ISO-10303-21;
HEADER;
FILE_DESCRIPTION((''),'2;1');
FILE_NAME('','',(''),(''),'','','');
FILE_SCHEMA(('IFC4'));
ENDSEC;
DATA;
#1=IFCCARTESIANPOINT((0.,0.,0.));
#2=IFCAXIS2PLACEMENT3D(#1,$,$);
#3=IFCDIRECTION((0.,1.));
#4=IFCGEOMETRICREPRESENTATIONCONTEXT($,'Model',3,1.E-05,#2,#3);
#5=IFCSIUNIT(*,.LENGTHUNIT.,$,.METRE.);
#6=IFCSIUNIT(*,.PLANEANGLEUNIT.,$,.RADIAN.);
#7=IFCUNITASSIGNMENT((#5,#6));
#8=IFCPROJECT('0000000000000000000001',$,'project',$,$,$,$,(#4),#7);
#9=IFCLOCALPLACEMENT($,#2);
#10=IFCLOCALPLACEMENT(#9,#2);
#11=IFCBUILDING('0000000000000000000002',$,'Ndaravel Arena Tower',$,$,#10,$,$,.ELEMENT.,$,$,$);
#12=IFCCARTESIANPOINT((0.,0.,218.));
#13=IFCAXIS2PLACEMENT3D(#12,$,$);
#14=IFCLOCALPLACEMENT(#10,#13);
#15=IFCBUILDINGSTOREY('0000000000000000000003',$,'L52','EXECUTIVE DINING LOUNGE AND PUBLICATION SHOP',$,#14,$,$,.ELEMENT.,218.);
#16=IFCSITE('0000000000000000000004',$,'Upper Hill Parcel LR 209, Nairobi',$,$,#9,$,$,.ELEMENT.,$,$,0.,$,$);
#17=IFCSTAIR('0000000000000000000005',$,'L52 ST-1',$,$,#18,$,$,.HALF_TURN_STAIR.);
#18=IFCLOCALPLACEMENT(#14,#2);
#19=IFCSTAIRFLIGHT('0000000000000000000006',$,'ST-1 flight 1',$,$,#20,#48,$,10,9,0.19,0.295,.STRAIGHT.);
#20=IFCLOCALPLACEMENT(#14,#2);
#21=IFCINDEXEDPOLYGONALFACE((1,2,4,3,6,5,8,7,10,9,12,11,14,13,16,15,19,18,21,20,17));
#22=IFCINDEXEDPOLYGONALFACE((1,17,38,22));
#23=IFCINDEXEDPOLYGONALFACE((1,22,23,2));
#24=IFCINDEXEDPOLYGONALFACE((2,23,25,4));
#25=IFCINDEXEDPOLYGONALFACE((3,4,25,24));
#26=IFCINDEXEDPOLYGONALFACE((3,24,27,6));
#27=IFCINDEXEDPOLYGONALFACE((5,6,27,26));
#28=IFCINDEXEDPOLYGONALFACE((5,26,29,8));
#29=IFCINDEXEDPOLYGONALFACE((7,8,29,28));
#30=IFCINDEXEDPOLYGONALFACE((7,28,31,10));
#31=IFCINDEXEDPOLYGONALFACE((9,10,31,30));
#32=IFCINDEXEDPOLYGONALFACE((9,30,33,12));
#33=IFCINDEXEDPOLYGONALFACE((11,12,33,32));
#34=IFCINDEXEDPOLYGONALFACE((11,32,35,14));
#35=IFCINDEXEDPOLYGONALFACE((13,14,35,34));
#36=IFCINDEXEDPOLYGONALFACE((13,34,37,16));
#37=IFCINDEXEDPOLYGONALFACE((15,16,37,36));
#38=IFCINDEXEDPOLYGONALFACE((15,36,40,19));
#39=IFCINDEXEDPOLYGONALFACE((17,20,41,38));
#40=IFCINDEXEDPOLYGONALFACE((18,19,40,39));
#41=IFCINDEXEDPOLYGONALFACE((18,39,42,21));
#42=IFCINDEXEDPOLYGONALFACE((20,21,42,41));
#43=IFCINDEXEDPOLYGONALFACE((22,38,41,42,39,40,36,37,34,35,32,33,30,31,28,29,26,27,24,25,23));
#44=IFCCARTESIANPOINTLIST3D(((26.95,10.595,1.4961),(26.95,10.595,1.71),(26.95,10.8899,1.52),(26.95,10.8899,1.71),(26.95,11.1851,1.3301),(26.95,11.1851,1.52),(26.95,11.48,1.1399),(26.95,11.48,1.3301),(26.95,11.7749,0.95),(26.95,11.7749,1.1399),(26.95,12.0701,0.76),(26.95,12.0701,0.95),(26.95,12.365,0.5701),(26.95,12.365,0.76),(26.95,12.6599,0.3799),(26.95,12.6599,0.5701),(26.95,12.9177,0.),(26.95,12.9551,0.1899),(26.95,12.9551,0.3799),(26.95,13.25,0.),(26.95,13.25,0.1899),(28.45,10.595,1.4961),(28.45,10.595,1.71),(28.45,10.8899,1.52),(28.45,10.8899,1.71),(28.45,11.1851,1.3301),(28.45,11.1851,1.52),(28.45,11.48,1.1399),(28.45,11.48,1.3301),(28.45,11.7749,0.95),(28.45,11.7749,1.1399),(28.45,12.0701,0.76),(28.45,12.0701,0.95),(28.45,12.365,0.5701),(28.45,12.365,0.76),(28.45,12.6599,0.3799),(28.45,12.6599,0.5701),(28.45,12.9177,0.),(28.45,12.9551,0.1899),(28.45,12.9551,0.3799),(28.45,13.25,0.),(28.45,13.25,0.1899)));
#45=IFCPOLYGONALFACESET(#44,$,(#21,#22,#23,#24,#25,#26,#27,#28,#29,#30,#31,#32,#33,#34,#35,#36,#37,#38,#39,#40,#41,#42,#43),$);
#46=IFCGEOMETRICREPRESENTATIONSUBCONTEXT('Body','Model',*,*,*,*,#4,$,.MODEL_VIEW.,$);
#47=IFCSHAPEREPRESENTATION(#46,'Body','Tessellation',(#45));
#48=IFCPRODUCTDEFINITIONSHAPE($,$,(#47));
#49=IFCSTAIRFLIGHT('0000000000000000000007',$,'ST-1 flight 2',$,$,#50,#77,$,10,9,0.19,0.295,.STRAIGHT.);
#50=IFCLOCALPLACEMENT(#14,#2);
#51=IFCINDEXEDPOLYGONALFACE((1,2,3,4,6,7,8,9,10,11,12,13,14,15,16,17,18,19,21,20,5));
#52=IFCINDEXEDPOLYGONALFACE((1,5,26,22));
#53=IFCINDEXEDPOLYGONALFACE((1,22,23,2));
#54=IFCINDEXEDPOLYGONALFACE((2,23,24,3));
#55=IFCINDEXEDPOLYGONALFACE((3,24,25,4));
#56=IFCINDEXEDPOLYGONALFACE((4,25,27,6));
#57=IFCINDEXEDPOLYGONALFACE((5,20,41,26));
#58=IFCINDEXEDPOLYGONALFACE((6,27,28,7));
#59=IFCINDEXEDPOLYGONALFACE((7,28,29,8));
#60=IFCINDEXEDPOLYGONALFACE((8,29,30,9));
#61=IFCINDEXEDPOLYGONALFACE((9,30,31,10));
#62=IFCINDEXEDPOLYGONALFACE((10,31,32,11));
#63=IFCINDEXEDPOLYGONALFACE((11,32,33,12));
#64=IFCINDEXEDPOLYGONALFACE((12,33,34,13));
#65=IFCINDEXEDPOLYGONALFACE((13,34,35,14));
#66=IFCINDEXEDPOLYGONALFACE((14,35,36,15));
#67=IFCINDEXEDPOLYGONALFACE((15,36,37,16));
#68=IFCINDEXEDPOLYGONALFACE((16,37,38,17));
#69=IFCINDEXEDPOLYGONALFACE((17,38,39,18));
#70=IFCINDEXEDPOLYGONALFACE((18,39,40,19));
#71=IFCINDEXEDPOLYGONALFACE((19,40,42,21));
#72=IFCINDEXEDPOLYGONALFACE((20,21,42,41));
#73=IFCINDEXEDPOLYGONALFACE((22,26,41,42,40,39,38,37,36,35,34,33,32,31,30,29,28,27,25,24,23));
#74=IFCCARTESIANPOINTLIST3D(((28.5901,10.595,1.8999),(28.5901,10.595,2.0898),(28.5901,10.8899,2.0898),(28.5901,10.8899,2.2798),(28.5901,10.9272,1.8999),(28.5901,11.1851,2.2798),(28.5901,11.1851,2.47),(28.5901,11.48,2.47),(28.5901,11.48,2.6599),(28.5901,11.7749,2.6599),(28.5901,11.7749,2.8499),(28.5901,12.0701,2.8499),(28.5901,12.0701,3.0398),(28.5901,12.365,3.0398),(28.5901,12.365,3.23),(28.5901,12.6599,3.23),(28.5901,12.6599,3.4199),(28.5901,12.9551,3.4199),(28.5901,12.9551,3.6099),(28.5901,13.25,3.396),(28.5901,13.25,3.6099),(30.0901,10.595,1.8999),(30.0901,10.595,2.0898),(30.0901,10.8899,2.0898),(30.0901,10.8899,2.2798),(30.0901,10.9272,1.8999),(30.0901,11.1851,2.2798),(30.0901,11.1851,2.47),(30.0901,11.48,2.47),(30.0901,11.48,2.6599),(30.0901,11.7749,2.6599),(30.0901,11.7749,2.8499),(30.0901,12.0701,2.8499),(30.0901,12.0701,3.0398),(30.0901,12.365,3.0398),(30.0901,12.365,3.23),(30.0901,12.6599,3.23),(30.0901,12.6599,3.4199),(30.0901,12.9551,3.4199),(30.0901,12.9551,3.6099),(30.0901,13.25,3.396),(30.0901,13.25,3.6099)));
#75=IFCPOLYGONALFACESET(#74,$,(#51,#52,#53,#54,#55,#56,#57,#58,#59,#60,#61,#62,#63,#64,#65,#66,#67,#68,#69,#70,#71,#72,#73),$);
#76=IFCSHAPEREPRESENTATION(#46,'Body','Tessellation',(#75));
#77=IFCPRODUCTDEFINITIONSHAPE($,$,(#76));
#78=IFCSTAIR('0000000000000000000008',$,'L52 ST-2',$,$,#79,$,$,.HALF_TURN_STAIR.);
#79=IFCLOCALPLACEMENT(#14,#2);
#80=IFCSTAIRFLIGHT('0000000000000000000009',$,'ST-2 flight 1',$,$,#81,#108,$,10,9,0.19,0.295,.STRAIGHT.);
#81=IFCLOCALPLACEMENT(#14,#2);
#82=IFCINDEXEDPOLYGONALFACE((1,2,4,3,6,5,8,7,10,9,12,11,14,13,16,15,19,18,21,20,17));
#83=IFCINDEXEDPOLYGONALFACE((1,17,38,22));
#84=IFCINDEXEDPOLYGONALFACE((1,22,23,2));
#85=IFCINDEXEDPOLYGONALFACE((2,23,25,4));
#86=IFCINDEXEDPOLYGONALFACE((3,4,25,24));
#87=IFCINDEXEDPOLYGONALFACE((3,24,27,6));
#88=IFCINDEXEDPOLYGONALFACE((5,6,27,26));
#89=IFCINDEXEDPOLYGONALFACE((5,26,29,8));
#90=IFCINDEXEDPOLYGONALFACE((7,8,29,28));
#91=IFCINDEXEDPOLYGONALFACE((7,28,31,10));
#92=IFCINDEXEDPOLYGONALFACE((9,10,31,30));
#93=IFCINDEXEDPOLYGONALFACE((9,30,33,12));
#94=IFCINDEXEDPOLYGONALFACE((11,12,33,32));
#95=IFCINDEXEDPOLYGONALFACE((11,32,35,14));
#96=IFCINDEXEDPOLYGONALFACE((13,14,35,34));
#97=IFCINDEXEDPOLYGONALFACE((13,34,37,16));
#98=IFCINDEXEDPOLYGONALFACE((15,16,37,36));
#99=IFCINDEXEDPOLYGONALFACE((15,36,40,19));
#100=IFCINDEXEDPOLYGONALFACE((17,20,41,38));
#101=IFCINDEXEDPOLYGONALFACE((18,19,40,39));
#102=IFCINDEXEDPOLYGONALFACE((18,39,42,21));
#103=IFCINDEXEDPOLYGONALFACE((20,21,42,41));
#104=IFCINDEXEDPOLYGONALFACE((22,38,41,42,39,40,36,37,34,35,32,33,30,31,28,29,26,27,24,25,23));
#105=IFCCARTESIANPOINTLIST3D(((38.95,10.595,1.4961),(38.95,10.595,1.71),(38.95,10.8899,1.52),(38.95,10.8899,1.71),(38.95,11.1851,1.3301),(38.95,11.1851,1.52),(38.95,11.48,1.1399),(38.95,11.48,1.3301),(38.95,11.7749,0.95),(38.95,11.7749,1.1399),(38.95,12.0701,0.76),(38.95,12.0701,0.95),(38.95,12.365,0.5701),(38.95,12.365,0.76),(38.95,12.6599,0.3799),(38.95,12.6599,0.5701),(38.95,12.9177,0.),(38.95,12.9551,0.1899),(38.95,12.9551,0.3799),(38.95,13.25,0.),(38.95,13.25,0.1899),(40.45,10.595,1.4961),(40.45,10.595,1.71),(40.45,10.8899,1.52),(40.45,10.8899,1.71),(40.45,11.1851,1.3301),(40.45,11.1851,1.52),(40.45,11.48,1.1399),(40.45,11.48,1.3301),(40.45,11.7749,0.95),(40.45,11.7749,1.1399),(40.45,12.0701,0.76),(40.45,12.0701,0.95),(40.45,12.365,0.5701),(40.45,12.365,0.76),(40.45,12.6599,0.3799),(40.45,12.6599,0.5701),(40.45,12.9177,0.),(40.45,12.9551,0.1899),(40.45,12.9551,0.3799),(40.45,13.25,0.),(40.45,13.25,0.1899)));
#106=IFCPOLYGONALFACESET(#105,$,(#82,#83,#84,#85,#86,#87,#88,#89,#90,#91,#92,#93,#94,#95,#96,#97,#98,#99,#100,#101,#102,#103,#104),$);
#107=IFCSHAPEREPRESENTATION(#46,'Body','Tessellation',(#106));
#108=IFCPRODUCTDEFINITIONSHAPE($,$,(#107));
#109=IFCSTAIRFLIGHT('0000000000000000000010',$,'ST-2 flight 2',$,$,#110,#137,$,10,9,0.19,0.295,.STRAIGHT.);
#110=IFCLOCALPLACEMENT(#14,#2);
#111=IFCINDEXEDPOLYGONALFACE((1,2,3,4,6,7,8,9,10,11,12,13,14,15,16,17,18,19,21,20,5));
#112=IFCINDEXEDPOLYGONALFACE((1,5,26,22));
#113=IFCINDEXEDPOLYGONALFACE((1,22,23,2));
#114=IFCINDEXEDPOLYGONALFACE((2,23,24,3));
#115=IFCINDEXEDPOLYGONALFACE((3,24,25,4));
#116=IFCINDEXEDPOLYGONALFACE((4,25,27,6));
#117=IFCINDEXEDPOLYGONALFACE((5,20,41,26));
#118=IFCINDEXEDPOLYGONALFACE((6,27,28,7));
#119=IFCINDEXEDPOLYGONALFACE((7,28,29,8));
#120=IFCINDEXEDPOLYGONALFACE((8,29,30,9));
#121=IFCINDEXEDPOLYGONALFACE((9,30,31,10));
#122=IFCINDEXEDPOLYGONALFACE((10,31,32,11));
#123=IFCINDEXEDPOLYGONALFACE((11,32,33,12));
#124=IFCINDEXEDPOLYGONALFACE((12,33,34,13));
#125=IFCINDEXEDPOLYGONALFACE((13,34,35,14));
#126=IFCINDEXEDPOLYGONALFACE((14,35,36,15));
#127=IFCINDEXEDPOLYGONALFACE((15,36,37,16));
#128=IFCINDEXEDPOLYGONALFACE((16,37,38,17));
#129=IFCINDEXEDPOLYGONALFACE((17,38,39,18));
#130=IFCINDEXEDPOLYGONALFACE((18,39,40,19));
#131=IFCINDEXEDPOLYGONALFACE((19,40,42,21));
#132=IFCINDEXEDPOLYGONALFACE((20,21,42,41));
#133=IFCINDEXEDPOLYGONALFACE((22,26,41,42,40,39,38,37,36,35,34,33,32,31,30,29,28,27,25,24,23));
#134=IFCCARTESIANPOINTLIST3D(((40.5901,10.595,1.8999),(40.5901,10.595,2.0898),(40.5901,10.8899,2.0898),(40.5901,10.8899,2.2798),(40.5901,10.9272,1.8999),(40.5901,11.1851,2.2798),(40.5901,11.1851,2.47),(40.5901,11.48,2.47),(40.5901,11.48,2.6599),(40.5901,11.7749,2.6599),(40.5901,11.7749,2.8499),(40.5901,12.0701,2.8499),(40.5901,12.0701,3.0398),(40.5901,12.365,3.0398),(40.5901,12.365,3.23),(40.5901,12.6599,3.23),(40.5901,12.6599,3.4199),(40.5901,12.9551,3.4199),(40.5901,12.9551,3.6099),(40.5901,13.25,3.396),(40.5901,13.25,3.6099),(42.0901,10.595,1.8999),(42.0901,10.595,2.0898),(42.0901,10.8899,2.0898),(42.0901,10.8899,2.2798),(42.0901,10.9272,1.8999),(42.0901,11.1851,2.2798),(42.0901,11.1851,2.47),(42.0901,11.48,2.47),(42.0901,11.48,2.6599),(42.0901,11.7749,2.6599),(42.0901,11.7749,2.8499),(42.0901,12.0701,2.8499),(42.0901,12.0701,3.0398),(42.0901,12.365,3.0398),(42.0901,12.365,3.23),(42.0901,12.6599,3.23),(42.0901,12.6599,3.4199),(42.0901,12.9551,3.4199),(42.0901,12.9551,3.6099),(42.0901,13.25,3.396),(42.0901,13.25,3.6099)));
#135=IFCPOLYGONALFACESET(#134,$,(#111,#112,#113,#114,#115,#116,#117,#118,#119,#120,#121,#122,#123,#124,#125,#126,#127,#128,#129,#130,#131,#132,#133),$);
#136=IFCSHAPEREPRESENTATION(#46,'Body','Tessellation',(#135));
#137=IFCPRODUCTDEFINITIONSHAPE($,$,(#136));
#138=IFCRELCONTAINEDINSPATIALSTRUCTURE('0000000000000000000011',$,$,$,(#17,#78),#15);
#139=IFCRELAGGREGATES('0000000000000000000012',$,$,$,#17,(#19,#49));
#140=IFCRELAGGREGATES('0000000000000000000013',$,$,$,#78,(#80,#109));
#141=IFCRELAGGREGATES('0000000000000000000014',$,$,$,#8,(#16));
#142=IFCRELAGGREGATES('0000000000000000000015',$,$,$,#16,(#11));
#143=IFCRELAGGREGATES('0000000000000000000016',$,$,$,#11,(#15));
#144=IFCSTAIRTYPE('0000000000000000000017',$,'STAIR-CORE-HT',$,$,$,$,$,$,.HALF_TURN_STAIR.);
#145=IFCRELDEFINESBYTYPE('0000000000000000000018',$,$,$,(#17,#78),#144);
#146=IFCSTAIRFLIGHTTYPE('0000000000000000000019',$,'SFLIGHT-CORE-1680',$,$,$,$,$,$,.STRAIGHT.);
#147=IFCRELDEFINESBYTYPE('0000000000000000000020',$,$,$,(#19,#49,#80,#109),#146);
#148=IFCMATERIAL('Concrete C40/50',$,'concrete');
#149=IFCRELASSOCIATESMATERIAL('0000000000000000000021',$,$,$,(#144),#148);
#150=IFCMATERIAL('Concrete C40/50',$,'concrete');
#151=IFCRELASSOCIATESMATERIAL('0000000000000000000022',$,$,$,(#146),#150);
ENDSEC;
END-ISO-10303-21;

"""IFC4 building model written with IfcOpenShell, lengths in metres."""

from ifc_helpers import new_model, si_unit, direction, frame, origin, place, context, subcontext, project, spatial, polyline, outline, extrude, material, type_object, element, aggregate, save


model = new_model("IFC4")

# Units and contexts
model_context = context("Model", 3, precision=1e-05, world=origin(), true_north=direction((0.0, 1.0)))
body_context = subcontext(model_context, "Body", "Model", "MODEL_VIEW")
ifc_project = project(units=[si_unit("LENGTHUNIT", "METRE"), si_unit("PLANEANGLEUNIT", "RADIAN")], contexts=[model_context])

# Site, building, storey
site_placement = place(None, origin())
site = spatial("IfcSite", under=ifc_project, at=site_placement, Name="Upper Hill Parcel LR 209, Nairobi", CompositionType="ELEMENT", RefElevation=0.0)
building_placement = place(site_placement, origin())
building = spatial("IfcBuilding", under=site, at=building_placement, Name="Ndaravel Arena Tower", CompositionType="ELEMENT")
storey_placement = place(building_placement, frame((0.0, 0.0, 218.0)))
storey = spatial("IfcBuildingStorey", under=building, at=storey_placement, Name="L52", Description="EXECUTIVE DINING LOUNGE AND PUBLICATION SHOP", CompositionType="ELEMENT", Elevation=218.0)

# Stairs, stair flights
ifc_material_1 = material(Name="Concrete C40/50", Category="concrete")
stair_type = type_object("IfcStairType", Name="STAIR-CORE-HT", PredefinedType="HALF_TURN_STAIR", material=ifc_material_1)
stair_1_placement = place(storey_placement, origin())
stair_1 = element("IfcStair", 1, at=stair_1_placement, inside=storey, type_object=stair_type, Name="L52 ST-1", PredefinedType="HALF_TURN_STAIR")
ifc_material_2 = material(Name="Concrete C40/50", Category="concrete")
stair_flight_type = type_object("IfcStairFlightType", Name="SFLIGHT-CORE-1680", PredefinedType="STRAIGHT", material=ifc_material_2)
stair_flight_1_placement = place(storey_placement, frame((27.7, 13.25, 0.0), z_axis=(0.0, 0.0, 1.0), x_axis=(0.0, -1.0, 0.0)))
stair_flight_1 = element("IfcStairFlight", 2, at=stair_flight_1_placement, type_object=stair_flight_type, Name="ST-1 flight 1", NumberOfRisers=10, NumberOfTreads=9, PredefinedType="STRAIGHT", RiserHeight=0.19, TreadLength=0.295, context=body_context, shape_type="SweptSolid", body=[
    extrude(outline(polyline([(0.0, 0.0), (0.0, 0.1899), (0.2949, 0.1899), (0.2949, 0.3799), (0.5901, 0.3799), (0.5901, 0.5701), (0.885, 0.5701), (0.885, 0.76), (1.1799, 0.76), (1.1799, 0.95), (1.4751, 0.95), (1.4751, 1.1399), (1.77, 1.1399), (1.77, 1.3301), (2.0649, 1.3301), (2.0649, 1.52), (2.3601, 1.52), (2.3601, 1.71), (2.655, 1.71), (2.655, 1.8999), (2.655, 1.4961), (0.3323, 0.0), (0.0, 0.0)])), frame((0.0, 0.75, 0.0), z_axis=(0.0, -1.0, 0.0), x_axis=(1.0, 0.0, 0.0)), (0.0, 0.0, 1.0), 1.5),
])
stair_flight_2_placement = place(storey_placement, frame((29.3401, 10.595, 1.8999), z_axis=(0.0, 0.0, 1.0), x_axis=(0.0, 1.0, 0.0)))
stair_flight_2 = element("IfcStairFlight", 3, at=stair_flight_2_placement, type_object=stair_flight_type, Name="ST-1 flight 2", NumberOfRisers=10, NumberOfTreads=9, PredefinedType="STRAIGHT", RiserHeight=0.19, TreadLength=0.295, context=body_context, shape_type="SweptSolid", body=[
    extrude(outline(polyline([(0.0, 0.0), (0.0, 0.1899), (0.2949, 0.1899), (0.2949, 0.3799), (0.5901, 0.3799), (0.5901, 0.5701), (0.885, 0.5701), (0.885, 0.76), (1.1799, 0.76), (1.1799, 0.95), (1.4751, 0.95), (1.4751, 1.1399), (1.77, 1.1399), (1.77, 1.3301), (2.0649, 1.3301), (2.0649, 1.52), (2.3601, 1.52), (2.3601, 1.71), (2.655, 1.71), (2.655, 1.8999), (2.655, 1.4961), (0.3323, 0.0), (0.0, 0.0)])), frame((0.0, 0.75, 0.0), z_axis=(0.0, -1.0, 0.0), x_axis=(1.0, 0.0, 0.0)), (0.0, 0.0, 1.0), 1.5),
])
aggregate(stair_1, [stair_flight_1, stair_flight_2])
stair_2_placement = place(storey_placement, origin())
stair_2 = element("IfcStair", 4, at=stair_2_placement, inside=storey, type_object=stair_type, Name="L52 ST-2", PredefinedType="HALF_TURN_STAIR")
stair_flight_3_placement = place(storey_placement, frame((39.7, 13.25, 0.0), z_axis=(0.0, 0.0, 1.0), x_axis=(0.0, -1.0, 0.0)))
stair_flight_3 = element("IfcStairFlight", 5, at=stair_flight_3_placement, type_object=stair_flight_type, Name="ST-2 flight 1", NumberOfRisers=10, NumberOfTreads=9, PredefinedType="STRAIGHT", RiserHeight=0.19, TreadLength=0.295, context=body_context, shape_type="SweptSolid", body=[
    extrude(outline(polyline([(0.0, 0.0), (0.0, 0.1899), (0.2949, 0.1899), (0.2949, 0.3799), (0.5901, 0.3799), (0.5901, 0.5701), (0.885, 0.5701), (0.885, 0.76), (1.1799, 0.76), (1.1799, 0.95), (1.4751, 0.95), (1.4751, 1.1399), (1.77, 1.1399), (1.77, 1.3301), (2.0649, 1.3301), (2.0649, 1.52), (2.3601, 1.52), (2.3601, 1.71), (2.655, 1.71), (2.655, 1.8999), (2.655, 1.4961), (0.3323, 0.0), (0.0, 0.0)])), frame((0.0, 0.75, 0.0), z_axis=(0.0, -1.0, 0.0), x_axis=(1.0, 0.0, 0.0)), (0.0, 0.0, 1.0), 1.5),
])
stair_flight_4_placement = place(storey_placement, frame((41.3401, 10.595, 1.8999), z_axis=(0.0, 0.0, 1.0), x_axis=(0.0, 1.0, 0.0)))
stair_flight_4 = element("IfcStairFlight", 6, at=stair_flight_4_placement, type_object=stair_flight_type, Name="ST-2 flight 2", NumberOfRisers=10, NumberOfTreads=9, PredefinedType="STRAIGHT", RiserHeight=0.19, TreadLength=0.295, context=body_context, shape_type="SweptSolid", body=[
    extrude(outline(polyline([(0.0, 0.0), (0.0, 0.1899), (0.2949, 0.1899), (0.2949, 0.3799), (0.5901, 0.3799), (0.5901, 0.5701), (0.885, 0.5701), (0.885, 0.76), (1.1799, 0.76), (1.1799, 0.95), (1.4751, 0.95), (1.4751, 1.1399), (1.77, 1.1399), (1.77, 1.3301), (2.0649, 1.3301), (2.0649, 1.52), (2.3601, 1.52), (2.3601, 1.71), (2.655, 1.71), (2.655, 1.8999), (2.655, 1.4961), (0.3323, 0.0), (0.0, 0.0)])), frame((0.0, 0.75, 0.0), z_axis=(0.0, -1.0, 0.0), x_axis=(1.0, 0.0, 0.0)), (0.0, 0.0, 1.0), 1.5),
])
aggregate(stair_2, [stair_flight_3, stair_flight_4])

save(model, "model.ifc")
